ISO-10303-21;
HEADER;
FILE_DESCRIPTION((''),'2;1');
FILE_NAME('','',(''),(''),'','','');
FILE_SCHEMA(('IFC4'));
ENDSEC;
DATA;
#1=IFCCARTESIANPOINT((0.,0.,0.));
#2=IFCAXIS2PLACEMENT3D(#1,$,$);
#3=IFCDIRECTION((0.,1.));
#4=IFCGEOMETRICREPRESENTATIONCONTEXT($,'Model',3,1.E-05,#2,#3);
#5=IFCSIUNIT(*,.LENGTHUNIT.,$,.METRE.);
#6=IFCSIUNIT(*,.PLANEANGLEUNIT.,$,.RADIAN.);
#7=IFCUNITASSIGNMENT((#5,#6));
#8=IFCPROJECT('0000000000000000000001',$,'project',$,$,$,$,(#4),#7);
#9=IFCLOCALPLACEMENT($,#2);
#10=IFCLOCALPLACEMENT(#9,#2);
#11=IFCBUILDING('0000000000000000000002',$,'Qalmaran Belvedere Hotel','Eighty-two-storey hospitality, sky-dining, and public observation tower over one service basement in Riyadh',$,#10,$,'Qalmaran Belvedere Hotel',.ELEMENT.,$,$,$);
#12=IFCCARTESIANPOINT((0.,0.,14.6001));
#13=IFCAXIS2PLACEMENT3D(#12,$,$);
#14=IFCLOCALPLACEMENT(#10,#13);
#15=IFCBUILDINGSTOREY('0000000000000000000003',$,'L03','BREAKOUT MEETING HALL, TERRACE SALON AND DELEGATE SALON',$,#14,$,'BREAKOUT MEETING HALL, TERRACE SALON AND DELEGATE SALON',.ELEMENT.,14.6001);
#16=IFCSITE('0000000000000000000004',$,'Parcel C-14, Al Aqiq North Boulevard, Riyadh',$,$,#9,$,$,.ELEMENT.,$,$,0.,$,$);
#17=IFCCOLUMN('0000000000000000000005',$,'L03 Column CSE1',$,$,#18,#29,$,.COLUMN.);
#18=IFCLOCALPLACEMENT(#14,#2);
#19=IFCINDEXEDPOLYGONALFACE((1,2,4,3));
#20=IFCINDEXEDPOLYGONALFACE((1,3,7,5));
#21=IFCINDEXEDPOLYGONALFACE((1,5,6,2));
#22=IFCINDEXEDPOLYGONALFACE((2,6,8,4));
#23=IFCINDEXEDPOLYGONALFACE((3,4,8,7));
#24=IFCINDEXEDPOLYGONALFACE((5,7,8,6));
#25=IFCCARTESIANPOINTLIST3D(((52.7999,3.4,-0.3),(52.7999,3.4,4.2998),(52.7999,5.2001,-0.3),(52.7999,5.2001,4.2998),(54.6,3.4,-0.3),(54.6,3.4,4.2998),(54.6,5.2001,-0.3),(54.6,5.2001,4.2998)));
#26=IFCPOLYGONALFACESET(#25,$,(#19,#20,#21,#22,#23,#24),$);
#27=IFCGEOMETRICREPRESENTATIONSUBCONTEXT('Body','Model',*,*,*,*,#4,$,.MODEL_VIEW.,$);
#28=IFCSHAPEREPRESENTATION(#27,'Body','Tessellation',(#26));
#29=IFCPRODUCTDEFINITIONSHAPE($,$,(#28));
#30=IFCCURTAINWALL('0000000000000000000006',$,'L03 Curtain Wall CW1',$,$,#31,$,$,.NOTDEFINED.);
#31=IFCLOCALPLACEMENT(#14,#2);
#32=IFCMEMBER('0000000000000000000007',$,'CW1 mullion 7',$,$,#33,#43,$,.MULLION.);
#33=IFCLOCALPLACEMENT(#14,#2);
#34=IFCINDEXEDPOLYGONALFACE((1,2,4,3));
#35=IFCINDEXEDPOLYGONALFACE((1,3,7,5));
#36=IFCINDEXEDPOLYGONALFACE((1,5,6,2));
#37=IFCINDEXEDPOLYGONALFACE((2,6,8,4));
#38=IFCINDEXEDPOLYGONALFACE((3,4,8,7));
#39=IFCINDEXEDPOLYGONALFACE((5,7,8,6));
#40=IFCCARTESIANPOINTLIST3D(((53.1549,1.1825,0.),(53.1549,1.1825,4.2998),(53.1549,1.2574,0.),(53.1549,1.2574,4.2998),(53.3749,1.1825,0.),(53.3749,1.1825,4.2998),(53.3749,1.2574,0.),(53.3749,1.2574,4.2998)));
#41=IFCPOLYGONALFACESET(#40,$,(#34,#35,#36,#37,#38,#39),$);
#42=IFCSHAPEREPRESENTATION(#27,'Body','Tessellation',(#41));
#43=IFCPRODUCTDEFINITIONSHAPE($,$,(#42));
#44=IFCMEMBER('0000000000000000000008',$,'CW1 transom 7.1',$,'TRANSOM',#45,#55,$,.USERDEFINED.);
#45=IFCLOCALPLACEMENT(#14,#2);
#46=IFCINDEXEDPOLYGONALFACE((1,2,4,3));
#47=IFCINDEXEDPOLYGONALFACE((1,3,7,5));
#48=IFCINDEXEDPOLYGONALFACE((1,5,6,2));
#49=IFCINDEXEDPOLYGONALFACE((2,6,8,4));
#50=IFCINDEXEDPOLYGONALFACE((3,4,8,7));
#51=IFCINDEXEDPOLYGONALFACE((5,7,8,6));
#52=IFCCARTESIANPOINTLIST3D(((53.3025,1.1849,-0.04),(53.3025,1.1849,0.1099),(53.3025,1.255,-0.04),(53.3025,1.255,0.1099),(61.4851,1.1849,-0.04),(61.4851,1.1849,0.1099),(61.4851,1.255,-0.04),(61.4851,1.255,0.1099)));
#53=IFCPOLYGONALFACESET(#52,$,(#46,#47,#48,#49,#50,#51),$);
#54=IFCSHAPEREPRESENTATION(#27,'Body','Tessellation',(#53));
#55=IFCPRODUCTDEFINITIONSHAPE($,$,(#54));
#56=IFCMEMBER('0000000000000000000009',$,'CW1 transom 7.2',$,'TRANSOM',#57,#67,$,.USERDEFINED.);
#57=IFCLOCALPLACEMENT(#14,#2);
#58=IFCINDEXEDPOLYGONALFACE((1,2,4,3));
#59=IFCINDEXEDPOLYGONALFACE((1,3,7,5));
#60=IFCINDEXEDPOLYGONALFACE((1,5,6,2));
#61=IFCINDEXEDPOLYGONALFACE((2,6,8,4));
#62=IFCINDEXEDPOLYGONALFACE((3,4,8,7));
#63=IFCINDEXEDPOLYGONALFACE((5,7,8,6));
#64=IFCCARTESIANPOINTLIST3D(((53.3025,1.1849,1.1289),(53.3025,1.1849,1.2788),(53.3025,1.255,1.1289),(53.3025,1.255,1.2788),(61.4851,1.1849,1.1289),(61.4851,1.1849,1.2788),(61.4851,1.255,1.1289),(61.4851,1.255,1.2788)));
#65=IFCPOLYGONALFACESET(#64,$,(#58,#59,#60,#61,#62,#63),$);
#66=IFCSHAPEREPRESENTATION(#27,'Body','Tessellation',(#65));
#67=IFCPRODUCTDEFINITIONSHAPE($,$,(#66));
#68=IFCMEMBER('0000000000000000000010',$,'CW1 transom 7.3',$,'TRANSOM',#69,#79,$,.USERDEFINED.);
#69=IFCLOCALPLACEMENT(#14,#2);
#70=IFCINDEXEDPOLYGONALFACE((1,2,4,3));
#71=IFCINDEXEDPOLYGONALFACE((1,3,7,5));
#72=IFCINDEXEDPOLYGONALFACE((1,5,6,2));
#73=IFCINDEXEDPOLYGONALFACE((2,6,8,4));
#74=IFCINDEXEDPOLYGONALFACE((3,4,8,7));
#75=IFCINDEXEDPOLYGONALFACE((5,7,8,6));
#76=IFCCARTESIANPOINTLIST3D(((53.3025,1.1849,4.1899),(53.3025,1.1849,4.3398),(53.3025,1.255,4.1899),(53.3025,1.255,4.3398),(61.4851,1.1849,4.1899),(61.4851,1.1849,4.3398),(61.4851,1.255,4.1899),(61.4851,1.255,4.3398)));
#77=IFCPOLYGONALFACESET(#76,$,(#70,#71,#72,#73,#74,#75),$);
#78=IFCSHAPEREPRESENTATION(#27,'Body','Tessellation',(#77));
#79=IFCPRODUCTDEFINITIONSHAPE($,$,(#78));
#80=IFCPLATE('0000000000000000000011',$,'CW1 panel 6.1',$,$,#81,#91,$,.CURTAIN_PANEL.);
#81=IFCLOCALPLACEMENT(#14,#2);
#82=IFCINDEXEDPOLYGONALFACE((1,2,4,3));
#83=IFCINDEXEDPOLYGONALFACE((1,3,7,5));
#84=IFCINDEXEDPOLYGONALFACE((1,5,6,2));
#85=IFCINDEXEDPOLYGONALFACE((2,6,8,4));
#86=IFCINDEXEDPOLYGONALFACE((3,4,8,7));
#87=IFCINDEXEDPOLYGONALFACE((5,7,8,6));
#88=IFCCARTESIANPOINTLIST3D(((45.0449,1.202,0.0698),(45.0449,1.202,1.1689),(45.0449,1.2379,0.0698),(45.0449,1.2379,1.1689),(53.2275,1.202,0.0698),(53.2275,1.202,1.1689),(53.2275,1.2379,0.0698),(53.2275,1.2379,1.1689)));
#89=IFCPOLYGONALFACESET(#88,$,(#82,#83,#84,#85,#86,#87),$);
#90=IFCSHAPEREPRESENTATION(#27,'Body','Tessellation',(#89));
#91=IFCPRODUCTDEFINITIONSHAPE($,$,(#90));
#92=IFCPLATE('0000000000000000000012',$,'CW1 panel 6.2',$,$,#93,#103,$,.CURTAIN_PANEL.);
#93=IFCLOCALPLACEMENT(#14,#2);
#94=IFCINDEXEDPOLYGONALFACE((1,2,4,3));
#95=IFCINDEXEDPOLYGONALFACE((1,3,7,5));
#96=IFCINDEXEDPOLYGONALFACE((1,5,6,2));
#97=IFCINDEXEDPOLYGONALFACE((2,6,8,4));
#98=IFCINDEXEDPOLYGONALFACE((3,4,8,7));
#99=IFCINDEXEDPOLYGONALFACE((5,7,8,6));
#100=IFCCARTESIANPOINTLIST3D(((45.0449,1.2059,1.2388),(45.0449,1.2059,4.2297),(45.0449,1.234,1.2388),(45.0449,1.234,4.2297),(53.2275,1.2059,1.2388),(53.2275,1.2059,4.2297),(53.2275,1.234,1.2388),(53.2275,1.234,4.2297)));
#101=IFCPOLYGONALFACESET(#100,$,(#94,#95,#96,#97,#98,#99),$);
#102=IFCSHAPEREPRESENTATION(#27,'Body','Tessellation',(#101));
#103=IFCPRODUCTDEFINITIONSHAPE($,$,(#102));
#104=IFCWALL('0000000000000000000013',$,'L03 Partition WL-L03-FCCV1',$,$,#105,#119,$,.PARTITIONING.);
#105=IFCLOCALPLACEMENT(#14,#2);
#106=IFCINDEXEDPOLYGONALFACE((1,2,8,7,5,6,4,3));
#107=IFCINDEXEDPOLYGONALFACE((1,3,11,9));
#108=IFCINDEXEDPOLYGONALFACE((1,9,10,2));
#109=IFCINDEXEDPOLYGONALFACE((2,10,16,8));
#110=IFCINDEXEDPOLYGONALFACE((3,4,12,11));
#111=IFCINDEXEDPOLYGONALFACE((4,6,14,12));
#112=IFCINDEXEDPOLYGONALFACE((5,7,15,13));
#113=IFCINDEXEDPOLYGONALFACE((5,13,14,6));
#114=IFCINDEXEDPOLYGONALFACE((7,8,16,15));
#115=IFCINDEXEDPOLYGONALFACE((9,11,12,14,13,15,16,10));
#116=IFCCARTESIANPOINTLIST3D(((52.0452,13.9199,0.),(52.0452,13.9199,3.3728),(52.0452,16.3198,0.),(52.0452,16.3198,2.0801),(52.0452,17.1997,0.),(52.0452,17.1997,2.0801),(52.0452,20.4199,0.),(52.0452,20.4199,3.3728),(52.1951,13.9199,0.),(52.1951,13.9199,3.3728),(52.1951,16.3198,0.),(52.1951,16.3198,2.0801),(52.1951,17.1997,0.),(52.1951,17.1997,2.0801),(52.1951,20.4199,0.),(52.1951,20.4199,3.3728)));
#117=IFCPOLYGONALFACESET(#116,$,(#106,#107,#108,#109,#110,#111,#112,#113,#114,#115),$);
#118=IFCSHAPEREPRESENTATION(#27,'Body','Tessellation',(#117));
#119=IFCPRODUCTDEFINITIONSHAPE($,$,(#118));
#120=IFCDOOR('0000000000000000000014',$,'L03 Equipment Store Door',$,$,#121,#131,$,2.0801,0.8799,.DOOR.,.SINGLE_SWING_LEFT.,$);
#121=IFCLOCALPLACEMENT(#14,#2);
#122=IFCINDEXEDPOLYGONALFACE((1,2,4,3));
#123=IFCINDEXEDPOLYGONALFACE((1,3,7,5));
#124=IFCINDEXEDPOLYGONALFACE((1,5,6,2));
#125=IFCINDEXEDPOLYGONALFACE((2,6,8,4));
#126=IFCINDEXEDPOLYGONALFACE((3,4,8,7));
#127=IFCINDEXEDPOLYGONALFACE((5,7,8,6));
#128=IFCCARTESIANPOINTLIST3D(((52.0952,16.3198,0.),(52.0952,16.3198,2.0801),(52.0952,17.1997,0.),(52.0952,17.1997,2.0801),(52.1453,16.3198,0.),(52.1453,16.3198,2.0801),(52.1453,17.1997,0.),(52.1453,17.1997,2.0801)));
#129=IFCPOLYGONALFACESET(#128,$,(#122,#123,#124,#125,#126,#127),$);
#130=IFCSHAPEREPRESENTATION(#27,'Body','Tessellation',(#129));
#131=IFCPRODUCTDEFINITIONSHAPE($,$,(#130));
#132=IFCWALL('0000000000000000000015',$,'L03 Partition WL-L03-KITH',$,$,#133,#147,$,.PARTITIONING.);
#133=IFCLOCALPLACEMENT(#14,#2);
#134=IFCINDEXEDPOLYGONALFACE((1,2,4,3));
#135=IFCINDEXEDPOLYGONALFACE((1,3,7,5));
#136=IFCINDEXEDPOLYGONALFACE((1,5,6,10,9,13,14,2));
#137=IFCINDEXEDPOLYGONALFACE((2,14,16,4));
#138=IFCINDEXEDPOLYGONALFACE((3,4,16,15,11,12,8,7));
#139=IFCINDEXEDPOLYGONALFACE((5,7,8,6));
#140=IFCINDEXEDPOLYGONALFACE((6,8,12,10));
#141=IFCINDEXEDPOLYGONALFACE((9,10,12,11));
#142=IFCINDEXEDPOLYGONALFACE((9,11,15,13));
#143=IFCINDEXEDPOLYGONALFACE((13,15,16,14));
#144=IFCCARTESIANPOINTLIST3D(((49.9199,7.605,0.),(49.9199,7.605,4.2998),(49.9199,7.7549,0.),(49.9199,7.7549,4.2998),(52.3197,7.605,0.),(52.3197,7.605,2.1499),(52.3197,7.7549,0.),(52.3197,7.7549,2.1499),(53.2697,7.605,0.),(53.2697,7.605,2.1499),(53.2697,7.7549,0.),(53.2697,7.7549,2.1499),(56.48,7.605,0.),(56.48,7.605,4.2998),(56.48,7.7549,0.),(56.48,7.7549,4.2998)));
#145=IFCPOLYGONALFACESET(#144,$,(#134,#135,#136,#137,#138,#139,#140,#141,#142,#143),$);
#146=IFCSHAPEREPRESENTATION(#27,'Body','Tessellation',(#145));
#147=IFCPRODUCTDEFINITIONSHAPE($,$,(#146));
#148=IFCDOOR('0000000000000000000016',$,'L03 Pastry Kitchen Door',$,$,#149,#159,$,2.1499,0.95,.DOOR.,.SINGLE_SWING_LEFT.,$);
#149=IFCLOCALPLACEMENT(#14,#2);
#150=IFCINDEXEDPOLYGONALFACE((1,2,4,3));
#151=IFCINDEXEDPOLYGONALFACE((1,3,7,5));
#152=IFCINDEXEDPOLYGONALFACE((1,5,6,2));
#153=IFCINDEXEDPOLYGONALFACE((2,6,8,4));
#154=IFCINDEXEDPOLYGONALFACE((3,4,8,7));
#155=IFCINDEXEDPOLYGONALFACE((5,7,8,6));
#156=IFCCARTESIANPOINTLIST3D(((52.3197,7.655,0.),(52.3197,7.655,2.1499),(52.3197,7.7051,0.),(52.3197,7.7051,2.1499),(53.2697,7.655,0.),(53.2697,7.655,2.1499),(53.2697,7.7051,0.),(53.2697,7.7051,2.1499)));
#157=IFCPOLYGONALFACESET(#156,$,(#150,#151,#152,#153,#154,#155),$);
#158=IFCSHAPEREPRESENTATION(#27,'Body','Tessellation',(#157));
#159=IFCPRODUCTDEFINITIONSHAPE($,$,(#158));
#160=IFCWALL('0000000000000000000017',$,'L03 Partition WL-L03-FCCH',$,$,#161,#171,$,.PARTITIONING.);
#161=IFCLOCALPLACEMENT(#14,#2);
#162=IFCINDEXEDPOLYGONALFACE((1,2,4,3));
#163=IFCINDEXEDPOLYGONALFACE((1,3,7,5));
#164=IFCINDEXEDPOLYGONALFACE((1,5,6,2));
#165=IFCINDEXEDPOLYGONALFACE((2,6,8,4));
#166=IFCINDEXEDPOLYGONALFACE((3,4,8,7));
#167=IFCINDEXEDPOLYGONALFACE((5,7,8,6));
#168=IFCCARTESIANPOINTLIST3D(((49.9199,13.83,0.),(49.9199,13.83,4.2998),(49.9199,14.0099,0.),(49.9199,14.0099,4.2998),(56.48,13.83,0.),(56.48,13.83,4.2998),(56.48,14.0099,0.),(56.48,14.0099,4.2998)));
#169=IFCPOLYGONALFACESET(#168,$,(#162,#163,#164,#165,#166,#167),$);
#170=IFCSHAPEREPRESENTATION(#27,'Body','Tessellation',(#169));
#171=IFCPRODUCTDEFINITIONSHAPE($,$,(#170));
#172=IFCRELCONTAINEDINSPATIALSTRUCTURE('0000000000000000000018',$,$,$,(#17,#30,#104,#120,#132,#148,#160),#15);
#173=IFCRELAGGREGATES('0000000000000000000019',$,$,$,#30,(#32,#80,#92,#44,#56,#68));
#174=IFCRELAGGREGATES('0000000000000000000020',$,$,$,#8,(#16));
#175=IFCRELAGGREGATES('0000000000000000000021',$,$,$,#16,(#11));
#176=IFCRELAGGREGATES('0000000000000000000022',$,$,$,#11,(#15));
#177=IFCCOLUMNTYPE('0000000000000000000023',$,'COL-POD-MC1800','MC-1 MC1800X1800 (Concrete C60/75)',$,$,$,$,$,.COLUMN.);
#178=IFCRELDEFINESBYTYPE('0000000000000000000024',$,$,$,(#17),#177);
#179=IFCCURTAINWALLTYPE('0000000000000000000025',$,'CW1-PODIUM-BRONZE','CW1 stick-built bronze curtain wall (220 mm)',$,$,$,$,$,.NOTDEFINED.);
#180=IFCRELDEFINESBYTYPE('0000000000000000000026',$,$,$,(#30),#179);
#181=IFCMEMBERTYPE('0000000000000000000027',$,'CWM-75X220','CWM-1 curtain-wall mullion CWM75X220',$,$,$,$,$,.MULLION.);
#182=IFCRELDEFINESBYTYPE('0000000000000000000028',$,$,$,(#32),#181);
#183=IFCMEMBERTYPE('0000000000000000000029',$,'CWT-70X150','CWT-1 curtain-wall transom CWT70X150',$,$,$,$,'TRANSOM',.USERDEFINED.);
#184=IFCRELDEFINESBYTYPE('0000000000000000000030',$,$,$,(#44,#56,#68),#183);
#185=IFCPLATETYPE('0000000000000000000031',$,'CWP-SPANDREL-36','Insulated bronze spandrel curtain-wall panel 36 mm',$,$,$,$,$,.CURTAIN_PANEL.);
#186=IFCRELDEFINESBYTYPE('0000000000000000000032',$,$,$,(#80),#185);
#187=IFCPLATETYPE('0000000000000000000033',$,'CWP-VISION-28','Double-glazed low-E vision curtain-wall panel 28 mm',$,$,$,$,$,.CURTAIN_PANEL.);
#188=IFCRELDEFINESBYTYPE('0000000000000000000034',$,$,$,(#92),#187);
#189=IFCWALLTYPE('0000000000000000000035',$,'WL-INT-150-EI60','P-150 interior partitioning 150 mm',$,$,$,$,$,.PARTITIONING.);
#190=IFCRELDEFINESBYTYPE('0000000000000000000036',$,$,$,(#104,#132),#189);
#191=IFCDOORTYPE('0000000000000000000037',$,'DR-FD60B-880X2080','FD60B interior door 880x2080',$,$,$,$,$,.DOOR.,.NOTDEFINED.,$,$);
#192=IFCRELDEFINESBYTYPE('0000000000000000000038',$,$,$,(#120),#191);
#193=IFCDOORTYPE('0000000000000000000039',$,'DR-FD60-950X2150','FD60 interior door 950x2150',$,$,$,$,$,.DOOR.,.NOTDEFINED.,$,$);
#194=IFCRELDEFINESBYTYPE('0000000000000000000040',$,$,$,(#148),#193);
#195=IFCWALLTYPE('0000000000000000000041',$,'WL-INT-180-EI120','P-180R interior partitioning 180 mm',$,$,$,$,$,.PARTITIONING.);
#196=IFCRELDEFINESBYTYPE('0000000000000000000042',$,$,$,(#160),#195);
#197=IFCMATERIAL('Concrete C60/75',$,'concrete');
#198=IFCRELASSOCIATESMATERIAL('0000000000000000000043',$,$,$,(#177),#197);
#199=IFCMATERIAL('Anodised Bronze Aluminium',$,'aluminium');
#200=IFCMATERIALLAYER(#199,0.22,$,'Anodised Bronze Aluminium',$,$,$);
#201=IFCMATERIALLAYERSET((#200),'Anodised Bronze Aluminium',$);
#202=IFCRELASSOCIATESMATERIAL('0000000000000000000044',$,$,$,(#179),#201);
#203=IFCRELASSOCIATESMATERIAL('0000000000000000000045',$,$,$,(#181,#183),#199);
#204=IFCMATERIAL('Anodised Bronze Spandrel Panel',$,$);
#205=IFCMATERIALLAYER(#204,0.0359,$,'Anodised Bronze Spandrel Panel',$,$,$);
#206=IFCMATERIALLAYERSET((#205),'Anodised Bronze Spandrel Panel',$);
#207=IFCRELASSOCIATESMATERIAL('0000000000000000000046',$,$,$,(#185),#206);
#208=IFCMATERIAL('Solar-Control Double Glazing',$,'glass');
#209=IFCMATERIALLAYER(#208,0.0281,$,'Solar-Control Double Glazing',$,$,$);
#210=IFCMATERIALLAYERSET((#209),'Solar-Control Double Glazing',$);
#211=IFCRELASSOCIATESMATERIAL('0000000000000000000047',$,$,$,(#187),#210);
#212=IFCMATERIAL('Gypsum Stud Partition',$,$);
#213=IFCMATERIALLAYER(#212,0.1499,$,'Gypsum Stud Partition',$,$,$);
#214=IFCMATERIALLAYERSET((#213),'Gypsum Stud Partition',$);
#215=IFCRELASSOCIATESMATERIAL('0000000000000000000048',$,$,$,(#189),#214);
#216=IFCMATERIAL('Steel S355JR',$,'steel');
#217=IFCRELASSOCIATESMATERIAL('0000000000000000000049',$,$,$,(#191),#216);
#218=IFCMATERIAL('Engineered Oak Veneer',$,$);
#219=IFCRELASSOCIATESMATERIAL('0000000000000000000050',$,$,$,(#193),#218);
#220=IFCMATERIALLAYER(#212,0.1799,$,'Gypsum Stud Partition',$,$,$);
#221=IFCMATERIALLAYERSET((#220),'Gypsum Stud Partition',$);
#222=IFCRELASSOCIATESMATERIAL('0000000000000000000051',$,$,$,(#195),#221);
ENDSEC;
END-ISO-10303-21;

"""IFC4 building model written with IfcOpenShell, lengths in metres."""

from ifc_helpers import new_model, si_unit, direction, frame, frame_2d, origin, origin_2d, place, context, subcontext, project, spatial, rectangle, extrude, material, layer, layer_set, material_profile, profile_set, type_object, element, fill, aggregate, save


model = new_model("IFC4")

# Units and contexts
model_context = context("Model", 3, precision=1e-05, world=origin(), true_north=direction((0.0, 1.0)))
body_context = subcontext(model_context, "Body", "Model", "MODEL_VIEW")
ifc_project = project(units=[si_unit("LENGTHUNIT", "METRE"), si_unit("PLANEANGLEUNIT", "RADIAN")], contexts=[model_context])

# Site, building, storey
site_placement = place(None, origin())
site = spatial("IfcSite", under=ifc_project, at=site_placement, Name="Parcel C-14, Al Aqiq North Boulevard, Riyadh", CompositionType="ELEMENT", RefElevation=0.0)
building_placement = place(site_placement, origin())
building = spatial("IfcBuilding", under=site, at=building_placement, Name="Qalmaran Belvedere Hotel", Description="Eighty-two-storey hospitality, sky-dining, and public observation tower over one service basement in Riyadh", LongName="Qalmaran Belvedere Hotel", CompositionType="ELEMENT")
storey_placement = place(building_placement, frame((0.0, 0.0, 14.6001)))
storey = spatial("IfcBuildingStorey", under=building, at=storey_placement, Name="L03", Description="BREAKOUT MEETING HALL, TERRACE SALON AND DELEGATE SALON", LongName="BREAKOUT MEETING HALL, TERRACE SALON AND DELEGATE SALON", CompositionType="ELEMENT", Elevation=14.6001)

# Column
ifc_material_1 = material(Name="Concrete C60/75", Category="concrete")
ifc_material_profile_1 = material_profile(ifc_material_1, rectangle(XDim=1.8, YDim=1.8, at=origin_2d()), Name="MC1800X1800")
ifc_profile_set_1 = profile_set([ifc_material_profile_1], Name="Concrete C60/75")
column_type = type_object("IfcColumnType", Name="COL-POD-MC1800", Description="MC-1 MC1800X1800 (Concrete C60/75)", PredefinedType="COLUMN", material=ifc_profile_set_1)
column_placement = place(storey_placement, frame((53.7, 4.3, -0.3), z_axis=(0.0, 0.0, 1.0), x_axis=(1.0, 0.0, 0.0)))
element("IfcColumn", 1, at=column_placement, inside=storey, type_object=column_type, Name="L03 Column CSE1", PredefinedType="COLUMN", context=body_context, shape_type="SweptSolid", body=[
    extrude(rectangle(XDim=1.8, YDim=1.8, at=origin_2d()), origin(), (0.0, 0.0, 1.0), 4.5999),
])

# Curtain wall, members, plates
ifc_material_2 = material(Name="Anodised Bronze Aluminium", Category="aluminium")
ifc_layer_1 = layer(ifc_material_2, 0.22, Name="Anodised Bronze Aluminium")
ifc_layer_set_1 = layer_set([ifc_layer_1], Name="Anodised Bronze Aluminium")
curtain_wall_type = type_object("IfcCurtainWallType", Name="CW1-PODIUM-BRONZE", Description="CW1 stick-built bronze curtain wall (220 mm)", PredefinedType="NOTDEFINED", material=ifc_layer_set_1)
curtain_wall_placement = place(storey_placement, origin())
curtain_wall = element("IfcCurtainWall", 2, at=curtain_wall_placement, inside=storey, type_object=curtain_wall_type, Name="L03 Curtain Wall CW1", PredefinedType="NOTDEFINED")
ifc_material_profile_2 = material_profile(ifc_material_2, rectangle(XDim=0.075, YDim=0.22, at=origin_2d()), Name="CWM75X220")
ifc_profile_set_2 = profile_set([ifc_material_profile_2], Name="Anodised Bronze Aluminium")
member_type_1 = type_object("IfcMemberType", Name="CWM-75X220", Description="CWM-1 curtain-wall mullion CWM75X220", PredefinedType="MULLION", material=ifc_profile_set_2)
member_1_placement = place(storey_placement, frame((53.2649, 1.22, 0.0), z_axis=(0.0, 0.0, 1.0), x_axis=(0.0, 1.0, 0.0)))
member_1 = element("IfcMember", 3, at=member_1_placement, type_object=member_type_1, Name="CW1 mullion 7", PredefinedType="MULLION", context=body_context, shape_type="SweptSolid", body=[
    extrude(rectangle(XDim=0.075, YDim=0.22, at=origin_2d()), origin(), (0.0, 0.0, 1.0), 4.2998),
])
ifc_material_profile_3 = material_profile(ifc_material_2, rectangle(XDim=0.0701, YDim=0.1499, at=origin_2d()), Name="CWT70X150")
ifc_profile_set_3 = profile_set([ifc_material_profile_3], Name="Anodised Bronze Aluminium")
member_type_2 = type_object("IfcMemberType", Name="CWT-70X150", Description="CWT-1 curtain-wall transom CWT70X150", ElementType="TRANSOM", PredefinedType="USERDEFINED", material=ifc_profile_set_3)
member_2_placement = place(storey_placement, frame((53.3025, 1.22, 0.0349), z_axis=(1.0, 0.0, 0.0), x_axis=(0.0, 1.0, 0.0)))
member_2 = element("IfcMember", 4, at=member_2_placement, type_object=member_type_2, Name="CW1 transom 7.1", ObjectType="TRANSOM", PredefinedType="USERDEFINED", context=body_context, shape_type="SweptSolid", body=[
    extrude(rectangle(XDim=0.0701, YDim=0.1499, at=origin_2d()), origin(), (0.0, 0.0, 1.0), 8.1826),
])
member_3_placement = place(storey_placement, frame((53.3025, 1.22, 1.2039), z_axis=(1.0, 0.0, 0.0), x_axis=(0.0, 1.0, 0.0)))
member_3 = element("IfcMember", 5, at=member_3_placement, type_object=member_type_2, Name="CW1 transom 7.2", ObjectType="TRANSOM", PredefinedType="USERDEFINED", context=body_context, shape_type="SweptSolid", body=[
    extrude(rectangle(XDim=0.0701, YDim=0.1499, at=origin_2d()), origin(), (0.0, 0.0, 1.0), 8.1826),
])
member_4_placement = place(storey_placement, frame((53.3025, 1.22, 4.2649), z_axis=(1.0, 0.0, 0.0), x_axis=(0.0, 1.0, 0.0)))
member_4 = element("IfcMember", 6, at=member_4_placement, type_object=member_type_2, Name="CW1 transom 7.3", ObjectType="TRANSOM", PredefinedType="USERDEFINED", context=body_context, shape_type="SweptSolid", body=[
    extrude(rectangle(XDim=0.0701, YDim=0.1499, at=origin_2d()), origin(), (0.0, 0.0, 1.0), 8.1826),
])
ifc_material_3 = material(Name="Anodised Bronze Spandrel Panel")
ifc_layer_2 = layer(ifc_material_3, 0.0359, Name="Anodised Bronze Spandrel Panel")
ifc_layer_set_2 = layer_set([ifc_layer_2], Name="Anodised Bronze Spandrel Panel")
plate_type_1 = type_object("IfcPlateType", Name="CWP-SPANDREL-36", Description="Insulated bronze spandrel curtain-wall panel 36 mm", PredefinedType="CURTAIN_PANEL", material=ifc_layer_set_2)
plate_1_placement = place(storey_placement, frame((49.1362, 1.22, 0.0698), z_axis=(0.0, 0.0, 1.0), x_axis=(1.0, 0.0, 0.0)))
plate_1 = element("IfcPlate", 7, at=plate_1_placement, type_object=plate_type_1, Name="CW1 panel 6.1", PredefinedType="CURTAIN_PANEL", context=body_context, shape_type="SweptSolid", body=[
    extrude(rectangle(XDim=8.1826, YDim=0.0359, at=origin_2d()), origin(), (0.0, 0.0, 1.0), 1.0991),
])
ifc_material_4 = material(Name="Solar-Control Double Glazing", Category="glass")
ifc_layer_3 = layer(ifc_material_4, 0.0281, Name="Solar-Control Double Glazing")
ifc_layer_set_3 = layer_set([ifc_layer_3], Name="Solar-Control Double Glazing")
plate_type_2 = type_object("IfcPlateType", Name="CWP-VISION-28", Description="Double-glazed low-E vision curtain-wall panel 28 mm", PredefinedType="CURTAIN_PANEL", material=ifc_layer_set_3)
plate_2_placement = place(storey_placement, frame((49.1362, 1.22, 1.2388), z_axis=(0.0, 0.0, 1.0), x_axis=(1.0, 0.0, 0.0)))
plate_2 = element("IfcPlate", 8, at=plate_2_placement, type_object=plate_type_2, Name="CW1 panel 6.2", PredefinedType="CURTAIN_PANEL", context=body_context, shape_type="SweptSolid", body=[
    extrude(rectangle(XDim=8.1826, YDim=0.0281, at=origin_2d()), origin(), (0.0, 0.0, 1.0), 2.991),
])
aggregate(curtain_wall, [member_1, plate_1, plate_2, member_2, member_3, member_4])

# Walls, openings, doors
ifc_material_5 = material(Name="Gypsum Stud Partition")
ifc_layer_4 = layer(ifc_material_5, 0.1499, Name="Gypsum Stud Partition")
ifc_layer_set_4 = layer_set([ifc_layer_4], Name="Gypsum Stud Partition")
wall_type_1 = type_object("IfcWallType", Name="WL-INT-150-EI60", Description="P-150 interior partitioning 150 mm", PredefinedType="PARTITIONING", material=ifc_layer_set_4)
wall_1_placement = place(storey_placement, frame((52.1201, 13.9199, 0.0), z_axis=(0.0, 0.0, 1.0), x_axis=(0.0, 1.0, 0.0)))
wall_1 = element("IfcWall", 9, at=wall_1_placement, inside=storey, type_object=wall_type_1, Name="L03 Partition WL-L03-FCCV1", PredefinedType="PARTITIONING", context=body_context, shape_type="SweptSolid", body=[
    extrude(rectangle(XDim=6.5, YDim=0.1499, at=frame_2d((3.25, 0.0))), origin(), (0.0, 0.0, 1.0), 3.3728),
])
opening_1_placement = place(wall_1_placement, frame((2.3999, 0.0, 0.0)))
opening_1 = element("IfcOpeningElement", 10, at=opening_1_placement, cuts=wall_1, PredefinedType="OPENING", context=body_context, shape_type="SweptSolid", body=[
    extrude(rectangle(XDim=0.8799, YDim=2.0801, at=frame_2d((0.4399, 1.04))), frame((0.0, 0.085, 0.0), z_axis=(0.0, -1.0, 0.0), x_axis=(1.0, 0.0, 0.0)), (0.0, 0.0, 1.0), 0.1699),
])
ifc_material_6 = material(Name="Steel S355JR", Category="steel")
door_type_1 = type_object("IfcDoorType", Name="DR-FD60B-880X2080", Description="FD60B interior door 880x2080", OperationType="NOTDEFINED", PredefinedType="DOOR", material=ifc_material_6)
door_1_placement = place(opening_1_placement, origin())
door_1 = element("IfcDoor", 11, at=door_1_placement, inside=storey, type_object=door_type_1, Name="L03 Equipment Store Door", OperationType="SINGLE_SWING_LEFT", OverallHeight=2.0801, OverallWidth=0.8799, PredefinedType="DOOR", context=body_context, shape_type="SweptSolid", body=[
    extrude(rectangle(XDim=0.8799, YDim=2.0801, at=frame_2d((0.4399, 1.04))), frame((0.0, 0.0249, 0.0), z_axis=(0.0, -1.0, 0.0), x_axis=(1.0, 0.0, 0.0)), (0.0, 0.0, 1.0), 0.05),
])
fill(opening_1, door_1)
wall_2_placement = place(storey_placement, frame((49.9199, 7.6799, 0.0), z_axis=(0.0, 0.0, 1.0), x_axis=(1.0, 0.0, 0.0)))
wall_2 = element("IfcWall", 12, at=wall_2_placement, inside=storey, type_object=wall_type_1, Name="L03 Partition WL-L03-KITH", PredefinedType="PARTITIONING", context=body_context, shape_type="SweptSolid", body=[
    extrude(rectangle(XDim=6.5601, YDim=0.1499, at=frame_2d((3.28, 0.0))), origin(), (0.0, 0.0, 1.0), 4.2998),
])
opening_2_placement = place(wall_2_placement, frame((3.3499, 0.0, 0.0), z_axis=(0.0, 0.0, 1.0), x_axis=(-1.0, 0.0, 0.0)))
opening_2 = element("IfcOpeningElement", 13, at=opening_2_placement, cuts=wall_2, PredefinedType="OPENING", context=body_context, shape_type="SweptSolid", body=[
    extrude(rectangle(XDim=0.95, YDim=2.1499, at=frame_2d((0.4751, 1.075))), frame((0.0, 0.085, 0.0), z_axis=(0.0, -1.0, 0.0), x_axis=(1.0, 0.0, 0.0)), (0.0, 0.0, 1.0), 0.1699),
])
ifc_material_7 = material(Name="Engineered Oak Veneer")
door_type_2 = type_object("IfcDoorType", Name="DR-FD60-950X2150", Description="FD60 interior door 950x2150", OperationType="NOTDEFINED", PredefinedType="DOOR", material=ifc_material_7)
door_2_placement = place(opening_2_placement, origin())
door_2 = element("IfcDoor", 14, at=door_2_placement, inside=storey, type_object=door_type_2, Name="L03 Pastry Kitchen Door", OperationType="SINGLE_SWING_LEFT", OverallHeight=2.1499, OverallWidth=0.95, PredefinedType="DOOR", context=body_context, shape_type="SweptSolid", body=[
    extrude(rectangle(XDim=0.95, YDim=2.1499, at=frame_2d((0.4751, 1.075))), frame((0.0, 0.0249, 0.0), z_axis=(0.0, -1.0, 0.0), x_axis=(1.0, 0.0, 0.0)), (0.0, 0.0, 1.0), 0.05),
])
fill(opening_2, door_2)

# Wall
ifc_layer_5 = layer(ifc_material_5, 0.1799, Name="Gypsum Stud Partition")
ifc_layer_set_5 = layer_set([ifc_layer_5], Name="Gypsum Stud Partition")
wall_type_2 = type_object("IfcWallType", Name="WL-INT-180-EI120", Description="P-180R interior partitioning 180 mm", PredefinedType="PARTITIONING", material=ifc_layer_set_5)
wall_3_placement = place(storey_placement, frame((49.9199, 13.9199, 0.0), z_axis=(0.0, 0.0, 1.0), x_axis=(1.0, 0.0, 0.0)))
element("IfcWall", 15, at=wall_3_placement, inside=storey, type_object=wall_type_2, Name="L03 Partition WL-L03-FCCH", PredefinedType="PARTITIONING", context=body_context, shape_type="SweptSolid", body=[
    extrude(rectangle(XDim=6.5601, YDim=0.1799, at=frame_2d((3.28, 0.0))), origin(), (0.0, 0.0, 1.0), 4.2998),
])

save(model, "model.ifc")
